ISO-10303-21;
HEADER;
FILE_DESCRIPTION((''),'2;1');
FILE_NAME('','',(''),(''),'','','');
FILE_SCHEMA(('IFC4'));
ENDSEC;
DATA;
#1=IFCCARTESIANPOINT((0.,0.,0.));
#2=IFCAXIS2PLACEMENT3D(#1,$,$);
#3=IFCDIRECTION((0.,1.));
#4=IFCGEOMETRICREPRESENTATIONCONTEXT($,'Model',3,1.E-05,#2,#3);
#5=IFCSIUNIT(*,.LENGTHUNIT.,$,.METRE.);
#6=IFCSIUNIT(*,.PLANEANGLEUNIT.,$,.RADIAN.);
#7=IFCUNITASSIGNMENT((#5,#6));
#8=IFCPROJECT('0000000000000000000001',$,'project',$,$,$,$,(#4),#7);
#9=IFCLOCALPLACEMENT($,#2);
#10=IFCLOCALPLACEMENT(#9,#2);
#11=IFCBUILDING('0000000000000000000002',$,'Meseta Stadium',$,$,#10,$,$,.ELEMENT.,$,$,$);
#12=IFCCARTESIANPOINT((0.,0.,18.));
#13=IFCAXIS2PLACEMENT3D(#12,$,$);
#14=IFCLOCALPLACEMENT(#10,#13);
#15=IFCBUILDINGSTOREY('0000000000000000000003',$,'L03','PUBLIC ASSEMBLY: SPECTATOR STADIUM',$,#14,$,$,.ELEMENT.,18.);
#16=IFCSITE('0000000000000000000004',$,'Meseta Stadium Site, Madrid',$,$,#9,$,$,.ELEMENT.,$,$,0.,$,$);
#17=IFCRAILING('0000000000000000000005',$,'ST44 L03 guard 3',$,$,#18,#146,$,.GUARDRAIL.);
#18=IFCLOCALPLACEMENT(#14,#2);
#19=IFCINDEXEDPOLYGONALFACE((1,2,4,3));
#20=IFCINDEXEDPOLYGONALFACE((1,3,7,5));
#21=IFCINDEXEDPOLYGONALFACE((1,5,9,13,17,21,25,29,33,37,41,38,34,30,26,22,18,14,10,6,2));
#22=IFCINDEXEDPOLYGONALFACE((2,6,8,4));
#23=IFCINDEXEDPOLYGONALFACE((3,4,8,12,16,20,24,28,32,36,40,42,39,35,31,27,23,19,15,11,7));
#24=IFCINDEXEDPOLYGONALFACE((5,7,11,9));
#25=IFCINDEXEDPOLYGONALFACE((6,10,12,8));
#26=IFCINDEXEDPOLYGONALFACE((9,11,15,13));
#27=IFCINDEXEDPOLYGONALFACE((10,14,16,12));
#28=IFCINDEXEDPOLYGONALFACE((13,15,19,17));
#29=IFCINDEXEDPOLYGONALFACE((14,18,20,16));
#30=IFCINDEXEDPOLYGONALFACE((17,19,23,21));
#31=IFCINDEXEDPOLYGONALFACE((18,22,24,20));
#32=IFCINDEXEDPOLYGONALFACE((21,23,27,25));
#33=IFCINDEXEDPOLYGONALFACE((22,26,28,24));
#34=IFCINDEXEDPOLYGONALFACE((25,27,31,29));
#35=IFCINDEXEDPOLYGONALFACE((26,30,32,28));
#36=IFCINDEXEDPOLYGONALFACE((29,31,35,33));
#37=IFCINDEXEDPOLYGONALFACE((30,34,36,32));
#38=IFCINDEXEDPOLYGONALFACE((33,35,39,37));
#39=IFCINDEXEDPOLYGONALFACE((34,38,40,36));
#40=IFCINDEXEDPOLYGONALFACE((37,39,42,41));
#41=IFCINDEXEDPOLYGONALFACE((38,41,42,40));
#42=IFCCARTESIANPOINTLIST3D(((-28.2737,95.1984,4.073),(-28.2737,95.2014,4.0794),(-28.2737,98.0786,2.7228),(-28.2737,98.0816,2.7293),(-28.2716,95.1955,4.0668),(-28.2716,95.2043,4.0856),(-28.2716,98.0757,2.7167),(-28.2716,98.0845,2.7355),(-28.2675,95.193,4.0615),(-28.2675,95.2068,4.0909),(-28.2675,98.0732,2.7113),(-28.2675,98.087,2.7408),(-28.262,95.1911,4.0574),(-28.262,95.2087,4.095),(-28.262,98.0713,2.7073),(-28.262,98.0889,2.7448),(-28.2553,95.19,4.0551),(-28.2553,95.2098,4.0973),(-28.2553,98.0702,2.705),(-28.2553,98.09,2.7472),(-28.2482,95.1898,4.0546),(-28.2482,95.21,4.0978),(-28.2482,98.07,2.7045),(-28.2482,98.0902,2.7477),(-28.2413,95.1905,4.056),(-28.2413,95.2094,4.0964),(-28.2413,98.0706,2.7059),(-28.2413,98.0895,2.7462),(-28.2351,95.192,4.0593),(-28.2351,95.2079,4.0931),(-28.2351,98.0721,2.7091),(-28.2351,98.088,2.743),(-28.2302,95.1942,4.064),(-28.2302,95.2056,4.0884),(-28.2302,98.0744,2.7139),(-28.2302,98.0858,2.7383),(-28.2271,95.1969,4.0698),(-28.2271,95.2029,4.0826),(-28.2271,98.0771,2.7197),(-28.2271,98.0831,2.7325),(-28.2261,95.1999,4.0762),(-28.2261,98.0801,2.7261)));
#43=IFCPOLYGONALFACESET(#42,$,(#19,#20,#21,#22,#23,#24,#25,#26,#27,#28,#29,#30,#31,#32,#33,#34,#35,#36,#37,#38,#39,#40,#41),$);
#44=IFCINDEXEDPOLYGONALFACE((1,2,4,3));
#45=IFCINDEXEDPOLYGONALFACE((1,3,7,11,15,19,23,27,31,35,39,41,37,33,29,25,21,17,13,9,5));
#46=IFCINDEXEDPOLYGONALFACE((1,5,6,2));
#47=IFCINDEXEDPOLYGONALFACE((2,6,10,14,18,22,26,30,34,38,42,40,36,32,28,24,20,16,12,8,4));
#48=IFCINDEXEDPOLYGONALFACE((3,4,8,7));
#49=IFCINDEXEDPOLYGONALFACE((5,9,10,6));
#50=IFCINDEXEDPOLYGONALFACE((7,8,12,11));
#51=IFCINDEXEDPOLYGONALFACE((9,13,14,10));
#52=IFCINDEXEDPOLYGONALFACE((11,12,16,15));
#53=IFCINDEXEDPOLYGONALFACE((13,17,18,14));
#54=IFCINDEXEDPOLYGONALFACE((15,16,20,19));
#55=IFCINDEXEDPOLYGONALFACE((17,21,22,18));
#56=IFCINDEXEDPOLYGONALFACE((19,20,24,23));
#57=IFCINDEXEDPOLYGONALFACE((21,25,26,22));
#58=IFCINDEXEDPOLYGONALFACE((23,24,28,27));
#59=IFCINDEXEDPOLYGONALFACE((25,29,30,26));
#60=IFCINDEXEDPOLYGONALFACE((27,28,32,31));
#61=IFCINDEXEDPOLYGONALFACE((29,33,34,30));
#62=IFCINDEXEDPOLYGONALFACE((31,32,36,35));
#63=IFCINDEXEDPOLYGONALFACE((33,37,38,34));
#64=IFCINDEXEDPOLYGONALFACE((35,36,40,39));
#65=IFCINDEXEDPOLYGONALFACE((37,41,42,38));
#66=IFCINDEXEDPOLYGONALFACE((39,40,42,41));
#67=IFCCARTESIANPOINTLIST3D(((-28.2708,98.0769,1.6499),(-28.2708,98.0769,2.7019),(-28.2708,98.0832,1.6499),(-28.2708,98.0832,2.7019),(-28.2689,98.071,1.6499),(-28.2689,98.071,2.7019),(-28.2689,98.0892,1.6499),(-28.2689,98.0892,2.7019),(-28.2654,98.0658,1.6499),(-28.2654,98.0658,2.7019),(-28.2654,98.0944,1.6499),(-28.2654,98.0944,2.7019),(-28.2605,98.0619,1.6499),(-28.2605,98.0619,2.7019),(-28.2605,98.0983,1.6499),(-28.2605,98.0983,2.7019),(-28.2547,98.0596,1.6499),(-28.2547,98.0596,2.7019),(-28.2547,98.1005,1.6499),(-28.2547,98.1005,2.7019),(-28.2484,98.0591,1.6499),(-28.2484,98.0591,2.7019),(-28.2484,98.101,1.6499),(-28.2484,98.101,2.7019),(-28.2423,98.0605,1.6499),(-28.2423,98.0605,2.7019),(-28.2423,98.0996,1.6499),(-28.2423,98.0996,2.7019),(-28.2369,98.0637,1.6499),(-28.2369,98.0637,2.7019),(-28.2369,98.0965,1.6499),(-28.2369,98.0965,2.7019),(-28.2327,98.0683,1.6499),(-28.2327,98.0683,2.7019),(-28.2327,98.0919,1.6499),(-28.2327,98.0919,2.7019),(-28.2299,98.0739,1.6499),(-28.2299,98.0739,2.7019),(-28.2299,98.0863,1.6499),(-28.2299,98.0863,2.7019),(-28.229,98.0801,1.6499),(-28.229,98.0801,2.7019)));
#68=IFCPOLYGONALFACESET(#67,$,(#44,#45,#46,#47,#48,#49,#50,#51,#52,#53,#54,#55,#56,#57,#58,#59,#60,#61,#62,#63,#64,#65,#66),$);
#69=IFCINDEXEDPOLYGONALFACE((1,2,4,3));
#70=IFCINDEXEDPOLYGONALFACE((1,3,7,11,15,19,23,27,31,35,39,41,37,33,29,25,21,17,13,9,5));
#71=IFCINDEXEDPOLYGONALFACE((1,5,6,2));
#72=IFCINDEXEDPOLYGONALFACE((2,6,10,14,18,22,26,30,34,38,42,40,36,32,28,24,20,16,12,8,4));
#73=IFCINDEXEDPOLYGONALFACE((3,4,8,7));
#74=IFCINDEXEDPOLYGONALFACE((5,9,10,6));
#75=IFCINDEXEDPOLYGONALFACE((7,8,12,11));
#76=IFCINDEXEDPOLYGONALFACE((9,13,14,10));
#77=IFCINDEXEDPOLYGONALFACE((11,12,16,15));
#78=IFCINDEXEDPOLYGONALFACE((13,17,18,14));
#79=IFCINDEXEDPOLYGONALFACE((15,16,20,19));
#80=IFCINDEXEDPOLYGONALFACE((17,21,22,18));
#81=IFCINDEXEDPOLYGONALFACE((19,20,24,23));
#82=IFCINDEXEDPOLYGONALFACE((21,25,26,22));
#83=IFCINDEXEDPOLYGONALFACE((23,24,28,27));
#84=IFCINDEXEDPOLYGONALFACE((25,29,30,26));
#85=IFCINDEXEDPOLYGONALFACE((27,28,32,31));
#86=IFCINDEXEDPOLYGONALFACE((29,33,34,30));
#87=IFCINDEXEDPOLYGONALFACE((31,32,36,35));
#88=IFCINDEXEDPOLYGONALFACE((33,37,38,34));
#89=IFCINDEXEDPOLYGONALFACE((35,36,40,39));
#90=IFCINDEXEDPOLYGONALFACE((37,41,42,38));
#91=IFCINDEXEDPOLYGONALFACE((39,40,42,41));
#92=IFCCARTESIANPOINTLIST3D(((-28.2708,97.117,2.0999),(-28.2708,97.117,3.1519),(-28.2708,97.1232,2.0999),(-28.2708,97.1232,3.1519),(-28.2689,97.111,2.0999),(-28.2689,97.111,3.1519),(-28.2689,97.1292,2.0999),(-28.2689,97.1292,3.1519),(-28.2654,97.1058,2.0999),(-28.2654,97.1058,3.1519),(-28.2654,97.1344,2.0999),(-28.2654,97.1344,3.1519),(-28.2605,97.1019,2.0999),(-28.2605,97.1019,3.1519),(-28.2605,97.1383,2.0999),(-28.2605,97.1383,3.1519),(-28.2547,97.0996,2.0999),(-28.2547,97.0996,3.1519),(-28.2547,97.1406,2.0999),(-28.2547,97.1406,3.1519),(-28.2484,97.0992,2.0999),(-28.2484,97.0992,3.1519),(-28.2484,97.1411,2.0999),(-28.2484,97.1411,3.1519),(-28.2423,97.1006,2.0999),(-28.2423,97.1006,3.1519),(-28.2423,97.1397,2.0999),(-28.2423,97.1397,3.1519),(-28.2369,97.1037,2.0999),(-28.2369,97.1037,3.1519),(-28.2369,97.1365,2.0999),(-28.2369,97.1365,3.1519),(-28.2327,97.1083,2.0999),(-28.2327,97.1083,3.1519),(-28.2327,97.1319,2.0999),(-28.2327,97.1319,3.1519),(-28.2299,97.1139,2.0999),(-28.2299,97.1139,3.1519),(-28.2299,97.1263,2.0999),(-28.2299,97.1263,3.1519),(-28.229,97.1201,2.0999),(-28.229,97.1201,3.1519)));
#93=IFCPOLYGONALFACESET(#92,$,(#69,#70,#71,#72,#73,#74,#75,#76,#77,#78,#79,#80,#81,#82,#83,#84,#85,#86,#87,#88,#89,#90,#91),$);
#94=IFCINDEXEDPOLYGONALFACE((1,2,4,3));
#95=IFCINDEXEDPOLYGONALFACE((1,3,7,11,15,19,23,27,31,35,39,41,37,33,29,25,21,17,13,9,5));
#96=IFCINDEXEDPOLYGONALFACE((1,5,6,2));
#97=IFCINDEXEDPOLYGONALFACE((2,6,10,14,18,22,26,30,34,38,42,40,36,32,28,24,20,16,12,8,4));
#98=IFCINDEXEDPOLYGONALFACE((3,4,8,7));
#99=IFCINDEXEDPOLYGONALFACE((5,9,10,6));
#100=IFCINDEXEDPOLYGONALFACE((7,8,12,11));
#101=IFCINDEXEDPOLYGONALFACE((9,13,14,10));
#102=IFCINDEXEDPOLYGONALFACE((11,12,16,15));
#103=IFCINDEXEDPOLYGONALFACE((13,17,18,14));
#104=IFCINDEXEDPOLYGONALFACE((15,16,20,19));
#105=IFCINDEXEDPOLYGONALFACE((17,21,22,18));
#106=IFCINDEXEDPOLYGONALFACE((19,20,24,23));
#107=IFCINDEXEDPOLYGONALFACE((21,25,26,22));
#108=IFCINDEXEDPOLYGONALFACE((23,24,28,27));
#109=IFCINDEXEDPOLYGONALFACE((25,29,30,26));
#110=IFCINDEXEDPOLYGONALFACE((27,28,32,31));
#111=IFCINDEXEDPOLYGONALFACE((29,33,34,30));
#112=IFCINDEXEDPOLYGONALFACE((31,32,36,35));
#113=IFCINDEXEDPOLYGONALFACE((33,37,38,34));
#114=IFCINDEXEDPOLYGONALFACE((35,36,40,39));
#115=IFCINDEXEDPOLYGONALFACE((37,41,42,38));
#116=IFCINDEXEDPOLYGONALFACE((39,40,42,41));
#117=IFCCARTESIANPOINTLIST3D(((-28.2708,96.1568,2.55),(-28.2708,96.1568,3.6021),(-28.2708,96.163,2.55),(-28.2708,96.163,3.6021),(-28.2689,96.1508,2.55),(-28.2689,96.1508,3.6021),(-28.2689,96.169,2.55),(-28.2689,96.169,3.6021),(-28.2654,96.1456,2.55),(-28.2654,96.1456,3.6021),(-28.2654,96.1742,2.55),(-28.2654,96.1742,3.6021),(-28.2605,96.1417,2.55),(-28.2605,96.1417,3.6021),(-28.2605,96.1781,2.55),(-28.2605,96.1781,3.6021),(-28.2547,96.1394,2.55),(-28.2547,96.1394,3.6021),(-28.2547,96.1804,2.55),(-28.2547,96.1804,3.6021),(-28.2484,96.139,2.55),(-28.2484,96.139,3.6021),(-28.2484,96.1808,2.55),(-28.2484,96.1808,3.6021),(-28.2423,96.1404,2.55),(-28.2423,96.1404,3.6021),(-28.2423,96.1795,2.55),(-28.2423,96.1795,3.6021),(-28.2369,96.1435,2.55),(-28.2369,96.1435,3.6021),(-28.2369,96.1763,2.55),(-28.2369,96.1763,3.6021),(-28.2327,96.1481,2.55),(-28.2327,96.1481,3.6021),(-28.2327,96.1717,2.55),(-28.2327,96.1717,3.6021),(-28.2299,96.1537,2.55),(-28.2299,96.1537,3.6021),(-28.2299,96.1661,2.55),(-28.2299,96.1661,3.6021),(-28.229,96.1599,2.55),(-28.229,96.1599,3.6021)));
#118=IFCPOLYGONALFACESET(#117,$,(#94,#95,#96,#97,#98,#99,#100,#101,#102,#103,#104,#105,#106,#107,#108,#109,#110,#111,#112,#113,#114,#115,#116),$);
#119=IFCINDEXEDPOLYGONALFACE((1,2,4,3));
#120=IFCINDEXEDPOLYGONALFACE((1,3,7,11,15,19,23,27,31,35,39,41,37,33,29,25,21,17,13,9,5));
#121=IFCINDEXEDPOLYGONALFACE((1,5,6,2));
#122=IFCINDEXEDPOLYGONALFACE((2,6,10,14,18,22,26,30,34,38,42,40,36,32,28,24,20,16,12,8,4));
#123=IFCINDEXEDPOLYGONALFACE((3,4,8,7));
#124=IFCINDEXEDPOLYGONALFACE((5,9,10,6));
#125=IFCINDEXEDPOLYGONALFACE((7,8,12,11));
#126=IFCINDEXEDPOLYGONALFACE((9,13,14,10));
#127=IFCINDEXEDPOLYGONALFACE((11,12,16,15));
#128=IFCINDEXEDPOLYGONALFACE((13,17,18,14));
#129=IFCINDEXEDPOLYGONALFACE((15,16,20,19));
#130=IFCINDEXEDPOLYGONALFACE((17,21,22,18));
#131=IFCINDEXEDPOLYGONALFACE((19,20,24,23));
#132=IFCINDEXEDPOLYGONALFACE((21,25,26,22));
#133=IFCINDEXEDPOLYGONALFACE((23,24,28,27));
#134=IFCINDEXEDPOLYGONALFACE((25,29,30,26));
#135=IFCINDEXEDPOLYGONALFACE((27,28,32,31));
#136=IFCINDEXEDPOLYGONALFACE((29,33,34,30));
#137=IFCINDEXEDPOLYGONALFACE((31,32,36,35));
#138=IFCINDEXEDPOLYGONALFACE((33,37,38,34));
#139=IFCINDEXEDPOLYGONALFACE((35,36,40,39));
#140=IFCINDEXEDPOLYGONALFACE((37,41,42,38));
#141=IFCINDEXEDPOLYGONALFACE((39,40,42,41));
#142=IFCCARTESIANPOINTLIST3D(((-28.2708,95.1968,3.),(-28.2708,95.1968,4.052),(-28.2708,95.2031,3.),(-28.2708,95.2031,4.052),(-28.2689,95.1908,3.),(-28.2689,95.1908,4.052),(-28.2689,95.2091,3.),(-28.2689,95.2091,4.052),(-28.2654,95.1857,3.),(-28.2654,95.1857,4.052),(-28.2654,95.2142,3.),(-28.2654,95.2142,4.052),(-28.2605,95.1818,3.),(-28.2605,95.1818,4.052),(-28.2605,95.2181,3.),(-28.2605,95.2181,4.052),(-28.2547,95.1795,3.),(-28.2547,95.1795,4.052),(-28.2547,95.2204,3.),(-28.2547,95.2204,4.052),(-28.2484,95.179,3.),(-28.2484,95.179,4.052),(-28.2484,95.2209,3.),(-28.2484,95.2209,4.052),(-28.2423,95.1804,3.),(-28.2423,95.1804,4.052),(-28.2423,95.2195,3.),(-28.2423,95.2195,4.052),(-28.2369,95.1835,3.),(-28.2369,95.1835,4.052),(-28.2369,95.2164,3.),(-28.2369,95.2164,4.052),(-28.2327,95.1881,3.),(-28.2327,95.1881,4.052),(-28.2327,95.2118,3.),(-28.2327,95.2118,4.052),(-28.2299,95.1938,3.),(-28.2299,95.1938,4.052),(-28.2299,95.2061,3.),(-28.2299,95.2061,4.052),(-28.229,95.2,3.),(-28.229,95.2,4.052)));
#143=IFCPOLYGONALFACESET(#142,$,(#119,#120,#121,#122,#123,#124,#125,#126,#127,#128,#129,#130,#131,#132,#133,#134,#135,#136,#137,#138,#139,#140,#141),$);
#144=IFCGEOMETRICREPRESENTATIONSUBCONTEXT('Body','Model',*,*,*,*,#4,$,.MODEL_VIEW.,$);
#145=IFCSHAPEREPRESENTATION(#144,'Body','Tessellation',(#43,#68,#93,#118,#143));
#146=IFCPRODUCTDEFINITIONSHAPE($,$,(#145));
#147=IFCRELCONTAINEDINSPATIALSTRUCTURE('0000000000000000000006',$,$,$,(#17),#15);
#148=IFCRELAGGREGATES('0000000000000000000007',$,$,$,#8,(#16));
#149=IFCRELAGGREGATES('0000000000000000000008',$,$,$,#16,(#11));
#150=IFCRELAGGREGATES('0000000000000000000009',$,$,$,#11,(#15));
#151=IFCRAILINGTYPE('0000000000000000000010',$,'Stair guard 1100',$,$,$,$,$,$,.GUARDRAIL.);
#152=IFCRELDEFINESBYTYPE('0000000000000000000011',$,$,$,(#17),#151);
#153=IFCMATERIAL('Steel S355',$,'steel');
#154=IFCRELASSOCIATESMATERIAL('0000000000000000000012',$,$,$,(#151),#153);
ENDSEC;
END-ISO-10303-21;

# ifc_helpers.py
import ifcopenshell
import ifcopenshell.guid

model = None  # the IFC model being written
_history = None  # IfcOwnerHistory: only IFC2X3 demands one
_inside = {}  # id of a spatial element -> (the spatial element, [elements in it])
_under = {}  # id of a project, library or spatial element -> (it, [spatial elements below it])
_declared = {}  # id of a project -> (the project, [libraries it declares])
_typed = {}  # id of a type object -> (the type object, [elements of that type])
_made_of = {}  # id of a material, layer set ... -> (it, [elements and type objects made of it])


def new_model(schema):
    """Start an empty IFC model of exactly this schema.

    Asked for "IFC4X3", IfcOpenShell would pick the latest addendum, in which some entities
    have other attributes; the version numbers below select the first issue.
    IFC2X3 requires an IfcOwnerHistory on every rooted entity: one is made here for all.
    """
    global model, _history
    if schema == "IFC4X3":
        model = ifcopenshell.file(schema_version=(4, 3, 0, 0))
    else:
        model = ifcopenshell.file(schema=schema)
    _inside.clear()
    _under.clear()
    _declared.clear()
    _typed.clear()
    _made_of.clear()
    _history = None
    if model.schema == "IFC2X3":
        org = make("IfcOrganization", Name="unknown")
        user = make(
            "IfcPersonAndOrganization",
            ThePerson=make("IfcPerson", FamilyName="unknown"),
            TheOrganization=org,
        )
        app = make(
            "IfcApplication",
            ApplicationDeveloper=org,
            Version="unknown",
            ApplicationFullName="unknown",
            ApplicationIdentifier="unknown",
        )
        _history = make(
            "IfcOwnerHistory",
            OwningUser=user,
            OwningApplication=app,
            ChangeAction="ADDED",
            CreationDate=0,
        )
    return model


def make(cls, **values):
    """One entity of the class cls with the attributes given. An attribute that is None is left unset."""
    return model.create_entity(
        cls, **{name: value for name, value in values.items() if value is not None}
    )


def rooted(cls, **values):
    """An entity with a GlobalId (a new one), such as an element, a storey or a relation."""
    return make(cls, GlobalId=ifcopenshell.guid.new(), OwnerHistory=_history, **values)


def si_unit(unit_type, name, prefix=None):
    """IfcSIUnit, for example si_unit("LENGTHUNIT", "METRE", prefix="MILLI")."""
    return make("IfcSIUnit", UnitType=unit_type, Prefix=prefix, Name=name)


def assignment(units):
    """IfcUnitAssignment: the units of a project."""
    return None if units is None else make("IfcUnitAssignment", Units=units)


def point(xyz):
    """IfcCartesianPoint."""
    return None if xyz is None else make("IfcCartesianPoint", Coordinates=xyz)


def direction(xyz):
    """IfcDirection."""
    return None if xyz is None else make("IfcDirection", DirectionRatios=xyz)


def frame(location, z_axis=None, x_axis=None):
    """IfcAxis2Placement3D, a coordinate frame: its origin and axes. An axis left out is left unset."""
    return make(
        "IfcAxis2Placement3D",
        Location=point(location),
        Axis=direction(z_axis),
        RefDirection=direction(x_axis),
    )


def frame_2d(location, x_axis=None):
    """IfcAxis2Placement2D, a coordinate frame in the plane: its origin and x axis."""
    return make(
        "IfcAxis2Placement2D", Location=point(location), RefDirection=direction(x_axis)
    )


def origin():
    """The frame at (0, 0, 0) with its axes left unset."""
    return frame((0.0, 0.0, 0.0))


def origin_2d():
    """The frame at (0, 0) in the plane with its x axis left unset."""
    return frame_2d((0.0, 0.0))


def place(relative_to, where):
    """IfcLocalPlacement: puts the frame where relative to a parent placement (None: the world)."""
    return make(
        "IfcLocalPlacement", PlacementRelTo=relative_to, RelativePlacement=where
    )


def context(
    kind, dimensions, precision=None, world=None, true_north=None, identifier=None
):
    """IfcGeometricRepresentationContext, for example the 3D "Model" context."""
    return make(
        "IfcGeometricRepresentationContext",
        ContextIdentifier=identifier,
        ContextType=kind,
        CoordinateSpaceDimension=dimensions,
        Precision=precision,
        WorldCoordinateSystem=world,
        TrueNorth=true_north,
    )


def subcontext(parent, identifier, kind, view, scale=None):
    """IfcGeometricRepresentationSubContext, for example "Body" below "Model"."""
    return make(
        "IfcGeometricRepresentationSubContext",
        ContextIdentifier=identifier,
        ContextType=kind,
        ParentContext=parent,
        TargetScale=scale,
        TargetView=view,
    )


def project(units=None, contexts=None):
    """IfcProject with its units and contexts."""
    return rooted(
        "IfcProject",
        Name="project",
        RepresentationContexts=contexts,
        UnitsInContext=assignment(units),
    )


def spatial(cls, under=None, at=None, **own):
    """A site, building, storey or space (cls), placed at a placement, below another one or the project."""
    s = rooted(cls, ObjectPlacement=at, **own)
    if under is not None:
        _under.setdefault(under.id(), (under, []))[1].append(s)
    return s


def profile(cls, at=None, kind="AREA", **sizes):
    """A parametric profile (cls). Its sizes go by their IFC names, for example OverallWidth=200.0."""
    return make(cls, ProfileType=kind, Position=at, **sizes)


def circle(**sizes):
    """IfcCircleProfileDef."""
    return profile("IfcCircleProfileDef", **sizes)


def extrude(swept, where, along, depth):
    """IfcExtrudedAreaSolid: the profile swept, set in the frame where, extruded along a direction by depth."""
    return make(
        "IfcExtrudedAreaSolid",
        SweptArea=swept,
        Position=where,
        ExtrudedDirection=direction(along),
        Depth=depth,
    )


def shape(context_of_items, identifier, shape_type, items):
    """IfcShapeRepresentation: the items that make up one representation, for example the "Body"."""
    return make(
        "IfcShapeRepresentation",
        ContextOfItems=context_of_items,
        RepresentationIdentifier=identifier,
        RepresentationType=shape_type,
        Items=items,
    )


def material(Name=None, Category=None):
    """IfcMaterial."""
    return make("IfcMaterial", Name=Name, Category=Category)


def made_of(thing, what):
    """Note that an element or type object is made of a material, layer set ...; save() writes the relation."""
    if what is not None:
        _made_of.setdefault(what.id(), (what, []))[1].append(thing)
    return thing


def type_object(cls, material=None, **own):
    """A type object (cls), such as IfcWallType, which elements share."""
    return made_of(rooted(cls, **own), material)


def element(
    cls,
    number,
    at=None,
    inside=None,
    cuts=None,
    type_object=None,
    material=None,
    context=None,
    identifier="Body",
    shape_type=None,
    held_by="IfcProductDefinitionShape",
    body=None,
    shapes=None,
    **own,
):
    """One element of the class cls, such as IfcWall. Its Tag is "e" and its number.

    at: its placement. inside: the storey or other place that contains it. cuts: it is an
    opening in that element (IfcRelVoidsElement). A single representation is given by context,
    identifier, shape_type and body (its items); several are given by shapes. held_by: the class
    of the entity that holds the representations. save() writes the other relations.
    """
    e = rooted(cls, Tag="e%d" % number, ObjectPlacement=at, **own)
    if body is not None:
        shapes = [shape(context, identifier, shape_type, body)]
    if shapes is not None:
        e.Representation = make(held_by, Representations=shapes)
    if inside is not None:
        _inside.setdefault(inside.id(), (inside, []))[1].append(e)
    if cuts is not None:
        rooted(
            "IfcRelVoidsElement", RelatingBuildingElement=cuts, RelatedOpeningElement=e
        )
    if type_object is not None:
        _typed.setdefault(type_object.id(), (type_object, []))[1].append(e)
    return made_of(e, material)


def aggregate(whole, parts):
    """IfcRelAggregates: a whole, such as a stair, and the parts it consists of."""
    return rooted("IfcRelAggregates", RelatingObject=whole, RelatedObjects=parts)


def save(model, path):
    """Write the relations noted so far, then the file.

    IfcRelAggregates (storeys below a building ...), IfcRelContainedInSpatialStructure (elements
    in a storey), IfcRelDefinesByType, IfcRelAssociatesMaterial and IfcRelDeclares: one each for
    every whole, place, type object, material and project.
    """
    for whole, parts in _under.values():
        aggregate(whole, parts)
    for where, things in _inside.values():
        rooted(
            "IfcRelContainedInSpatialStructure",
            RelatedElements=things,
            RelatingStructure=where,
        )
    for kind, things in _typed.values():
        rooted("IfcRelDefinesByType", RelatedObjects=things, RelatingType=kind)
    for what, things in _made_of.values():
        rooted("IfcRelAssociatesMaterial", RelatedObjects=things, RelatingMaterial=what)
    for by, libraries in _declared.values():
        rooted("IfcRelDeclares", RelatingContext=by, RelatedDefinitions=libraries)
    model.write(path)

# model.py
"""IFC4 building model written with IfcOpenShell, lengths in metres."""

from ifc_helpers import new_model, si_unit, direction, frame, origin, origin_2d, place, context, subcontext, project, spatial, circle, extrude, material, type_object, element, save


model = new_model("IFC4")

# Units and contexts
model_context = context("Model", 3, precision=1e-05, world=origin(), true_north=direction((0.0, 1.0)))
body_context = subcontext(model_context, "Body", "Model", "MODEL_VIEW")
ifc_project = project(units=[si_unit("LENGTHUNIT", "METRE"), si_unit("PLANEANGLEUNIT", "RADIAN")], contexts=[model_context])

# Site, building, storey
site_placement = place(None, origin())
site = spatial("IfcSite", under=ifc_project, at=site_placement, Name="Meseta Stadium Site, Madrid", CompositionType="ELEMENT", RefElevation=0.0)
building_placement = place(site_placement, origin())
building = spatial("IfcBuilding", under=site, at=building_placement, Name="Meseta Stadium", CompositionType="ELEMENT")
storey_placement = place(building_placement, frame((0.0, 0.0, 18.0)))
storey = spatial("IfcBuildingStorey", under=building, at=storey_placement, Name="L03", Description="PUBLIC ASSEMBLY: SPECTATOR STADIUM", CompositionType="ELEMENT", Elevation=18.0)

# Railing
ifc_material_1 = material(Name="Steel S355", Category="steel")
railing_type_1 = type_object("IfcRailingType", Name="Stair guard 1100", PredefinedType="GUARDRAIL", material=ifc_material_1)
railing_1_placement = place(storey_placement, frame((-28.25, 98.0801, 1.6499)))
element("IfcRailing", 1, at=railing_1_placement, inside=storey, type_object=railing_type_1, Name="ST44 L03 guard 3", PredefinedType="GUARDRAIL", context=body_context, shape_type="SweptSolid", body=[
    extrude(circle(Radius=0.0239, at=origin_2d()), frame((0.0, 0.0, 1.0762), z_axis=(0.0, -0.905454, 0.424444), x_axis=(1.0, 0.0, 0.0)), (0.0, 0.0, 1.0), 3.1809),
    extrude(circle(Radius=0.021, at=origin_2d()), origin(), (0.0, 0.0, 1.0), 1.052),
    extrude(circle(Radius=0.021, at=origin_2d()), frame((0.0, -0.96, 0.45)), (0.0, 0.0, 1.0), 1.052),
    extrude(circle(Radius=0.021, at=origin_2d()), frame((0.0, -1.9202, 0.9001)), (0.0, 0.0, 1.0), 1.052),
    extrude(circle(Radius=0.021, at=origin_2d()), frame((0.0, -2.8801, 1.3501)), (0.0, 0.0, 1.0), 1.052),
])

save(model, "model.ifc")
